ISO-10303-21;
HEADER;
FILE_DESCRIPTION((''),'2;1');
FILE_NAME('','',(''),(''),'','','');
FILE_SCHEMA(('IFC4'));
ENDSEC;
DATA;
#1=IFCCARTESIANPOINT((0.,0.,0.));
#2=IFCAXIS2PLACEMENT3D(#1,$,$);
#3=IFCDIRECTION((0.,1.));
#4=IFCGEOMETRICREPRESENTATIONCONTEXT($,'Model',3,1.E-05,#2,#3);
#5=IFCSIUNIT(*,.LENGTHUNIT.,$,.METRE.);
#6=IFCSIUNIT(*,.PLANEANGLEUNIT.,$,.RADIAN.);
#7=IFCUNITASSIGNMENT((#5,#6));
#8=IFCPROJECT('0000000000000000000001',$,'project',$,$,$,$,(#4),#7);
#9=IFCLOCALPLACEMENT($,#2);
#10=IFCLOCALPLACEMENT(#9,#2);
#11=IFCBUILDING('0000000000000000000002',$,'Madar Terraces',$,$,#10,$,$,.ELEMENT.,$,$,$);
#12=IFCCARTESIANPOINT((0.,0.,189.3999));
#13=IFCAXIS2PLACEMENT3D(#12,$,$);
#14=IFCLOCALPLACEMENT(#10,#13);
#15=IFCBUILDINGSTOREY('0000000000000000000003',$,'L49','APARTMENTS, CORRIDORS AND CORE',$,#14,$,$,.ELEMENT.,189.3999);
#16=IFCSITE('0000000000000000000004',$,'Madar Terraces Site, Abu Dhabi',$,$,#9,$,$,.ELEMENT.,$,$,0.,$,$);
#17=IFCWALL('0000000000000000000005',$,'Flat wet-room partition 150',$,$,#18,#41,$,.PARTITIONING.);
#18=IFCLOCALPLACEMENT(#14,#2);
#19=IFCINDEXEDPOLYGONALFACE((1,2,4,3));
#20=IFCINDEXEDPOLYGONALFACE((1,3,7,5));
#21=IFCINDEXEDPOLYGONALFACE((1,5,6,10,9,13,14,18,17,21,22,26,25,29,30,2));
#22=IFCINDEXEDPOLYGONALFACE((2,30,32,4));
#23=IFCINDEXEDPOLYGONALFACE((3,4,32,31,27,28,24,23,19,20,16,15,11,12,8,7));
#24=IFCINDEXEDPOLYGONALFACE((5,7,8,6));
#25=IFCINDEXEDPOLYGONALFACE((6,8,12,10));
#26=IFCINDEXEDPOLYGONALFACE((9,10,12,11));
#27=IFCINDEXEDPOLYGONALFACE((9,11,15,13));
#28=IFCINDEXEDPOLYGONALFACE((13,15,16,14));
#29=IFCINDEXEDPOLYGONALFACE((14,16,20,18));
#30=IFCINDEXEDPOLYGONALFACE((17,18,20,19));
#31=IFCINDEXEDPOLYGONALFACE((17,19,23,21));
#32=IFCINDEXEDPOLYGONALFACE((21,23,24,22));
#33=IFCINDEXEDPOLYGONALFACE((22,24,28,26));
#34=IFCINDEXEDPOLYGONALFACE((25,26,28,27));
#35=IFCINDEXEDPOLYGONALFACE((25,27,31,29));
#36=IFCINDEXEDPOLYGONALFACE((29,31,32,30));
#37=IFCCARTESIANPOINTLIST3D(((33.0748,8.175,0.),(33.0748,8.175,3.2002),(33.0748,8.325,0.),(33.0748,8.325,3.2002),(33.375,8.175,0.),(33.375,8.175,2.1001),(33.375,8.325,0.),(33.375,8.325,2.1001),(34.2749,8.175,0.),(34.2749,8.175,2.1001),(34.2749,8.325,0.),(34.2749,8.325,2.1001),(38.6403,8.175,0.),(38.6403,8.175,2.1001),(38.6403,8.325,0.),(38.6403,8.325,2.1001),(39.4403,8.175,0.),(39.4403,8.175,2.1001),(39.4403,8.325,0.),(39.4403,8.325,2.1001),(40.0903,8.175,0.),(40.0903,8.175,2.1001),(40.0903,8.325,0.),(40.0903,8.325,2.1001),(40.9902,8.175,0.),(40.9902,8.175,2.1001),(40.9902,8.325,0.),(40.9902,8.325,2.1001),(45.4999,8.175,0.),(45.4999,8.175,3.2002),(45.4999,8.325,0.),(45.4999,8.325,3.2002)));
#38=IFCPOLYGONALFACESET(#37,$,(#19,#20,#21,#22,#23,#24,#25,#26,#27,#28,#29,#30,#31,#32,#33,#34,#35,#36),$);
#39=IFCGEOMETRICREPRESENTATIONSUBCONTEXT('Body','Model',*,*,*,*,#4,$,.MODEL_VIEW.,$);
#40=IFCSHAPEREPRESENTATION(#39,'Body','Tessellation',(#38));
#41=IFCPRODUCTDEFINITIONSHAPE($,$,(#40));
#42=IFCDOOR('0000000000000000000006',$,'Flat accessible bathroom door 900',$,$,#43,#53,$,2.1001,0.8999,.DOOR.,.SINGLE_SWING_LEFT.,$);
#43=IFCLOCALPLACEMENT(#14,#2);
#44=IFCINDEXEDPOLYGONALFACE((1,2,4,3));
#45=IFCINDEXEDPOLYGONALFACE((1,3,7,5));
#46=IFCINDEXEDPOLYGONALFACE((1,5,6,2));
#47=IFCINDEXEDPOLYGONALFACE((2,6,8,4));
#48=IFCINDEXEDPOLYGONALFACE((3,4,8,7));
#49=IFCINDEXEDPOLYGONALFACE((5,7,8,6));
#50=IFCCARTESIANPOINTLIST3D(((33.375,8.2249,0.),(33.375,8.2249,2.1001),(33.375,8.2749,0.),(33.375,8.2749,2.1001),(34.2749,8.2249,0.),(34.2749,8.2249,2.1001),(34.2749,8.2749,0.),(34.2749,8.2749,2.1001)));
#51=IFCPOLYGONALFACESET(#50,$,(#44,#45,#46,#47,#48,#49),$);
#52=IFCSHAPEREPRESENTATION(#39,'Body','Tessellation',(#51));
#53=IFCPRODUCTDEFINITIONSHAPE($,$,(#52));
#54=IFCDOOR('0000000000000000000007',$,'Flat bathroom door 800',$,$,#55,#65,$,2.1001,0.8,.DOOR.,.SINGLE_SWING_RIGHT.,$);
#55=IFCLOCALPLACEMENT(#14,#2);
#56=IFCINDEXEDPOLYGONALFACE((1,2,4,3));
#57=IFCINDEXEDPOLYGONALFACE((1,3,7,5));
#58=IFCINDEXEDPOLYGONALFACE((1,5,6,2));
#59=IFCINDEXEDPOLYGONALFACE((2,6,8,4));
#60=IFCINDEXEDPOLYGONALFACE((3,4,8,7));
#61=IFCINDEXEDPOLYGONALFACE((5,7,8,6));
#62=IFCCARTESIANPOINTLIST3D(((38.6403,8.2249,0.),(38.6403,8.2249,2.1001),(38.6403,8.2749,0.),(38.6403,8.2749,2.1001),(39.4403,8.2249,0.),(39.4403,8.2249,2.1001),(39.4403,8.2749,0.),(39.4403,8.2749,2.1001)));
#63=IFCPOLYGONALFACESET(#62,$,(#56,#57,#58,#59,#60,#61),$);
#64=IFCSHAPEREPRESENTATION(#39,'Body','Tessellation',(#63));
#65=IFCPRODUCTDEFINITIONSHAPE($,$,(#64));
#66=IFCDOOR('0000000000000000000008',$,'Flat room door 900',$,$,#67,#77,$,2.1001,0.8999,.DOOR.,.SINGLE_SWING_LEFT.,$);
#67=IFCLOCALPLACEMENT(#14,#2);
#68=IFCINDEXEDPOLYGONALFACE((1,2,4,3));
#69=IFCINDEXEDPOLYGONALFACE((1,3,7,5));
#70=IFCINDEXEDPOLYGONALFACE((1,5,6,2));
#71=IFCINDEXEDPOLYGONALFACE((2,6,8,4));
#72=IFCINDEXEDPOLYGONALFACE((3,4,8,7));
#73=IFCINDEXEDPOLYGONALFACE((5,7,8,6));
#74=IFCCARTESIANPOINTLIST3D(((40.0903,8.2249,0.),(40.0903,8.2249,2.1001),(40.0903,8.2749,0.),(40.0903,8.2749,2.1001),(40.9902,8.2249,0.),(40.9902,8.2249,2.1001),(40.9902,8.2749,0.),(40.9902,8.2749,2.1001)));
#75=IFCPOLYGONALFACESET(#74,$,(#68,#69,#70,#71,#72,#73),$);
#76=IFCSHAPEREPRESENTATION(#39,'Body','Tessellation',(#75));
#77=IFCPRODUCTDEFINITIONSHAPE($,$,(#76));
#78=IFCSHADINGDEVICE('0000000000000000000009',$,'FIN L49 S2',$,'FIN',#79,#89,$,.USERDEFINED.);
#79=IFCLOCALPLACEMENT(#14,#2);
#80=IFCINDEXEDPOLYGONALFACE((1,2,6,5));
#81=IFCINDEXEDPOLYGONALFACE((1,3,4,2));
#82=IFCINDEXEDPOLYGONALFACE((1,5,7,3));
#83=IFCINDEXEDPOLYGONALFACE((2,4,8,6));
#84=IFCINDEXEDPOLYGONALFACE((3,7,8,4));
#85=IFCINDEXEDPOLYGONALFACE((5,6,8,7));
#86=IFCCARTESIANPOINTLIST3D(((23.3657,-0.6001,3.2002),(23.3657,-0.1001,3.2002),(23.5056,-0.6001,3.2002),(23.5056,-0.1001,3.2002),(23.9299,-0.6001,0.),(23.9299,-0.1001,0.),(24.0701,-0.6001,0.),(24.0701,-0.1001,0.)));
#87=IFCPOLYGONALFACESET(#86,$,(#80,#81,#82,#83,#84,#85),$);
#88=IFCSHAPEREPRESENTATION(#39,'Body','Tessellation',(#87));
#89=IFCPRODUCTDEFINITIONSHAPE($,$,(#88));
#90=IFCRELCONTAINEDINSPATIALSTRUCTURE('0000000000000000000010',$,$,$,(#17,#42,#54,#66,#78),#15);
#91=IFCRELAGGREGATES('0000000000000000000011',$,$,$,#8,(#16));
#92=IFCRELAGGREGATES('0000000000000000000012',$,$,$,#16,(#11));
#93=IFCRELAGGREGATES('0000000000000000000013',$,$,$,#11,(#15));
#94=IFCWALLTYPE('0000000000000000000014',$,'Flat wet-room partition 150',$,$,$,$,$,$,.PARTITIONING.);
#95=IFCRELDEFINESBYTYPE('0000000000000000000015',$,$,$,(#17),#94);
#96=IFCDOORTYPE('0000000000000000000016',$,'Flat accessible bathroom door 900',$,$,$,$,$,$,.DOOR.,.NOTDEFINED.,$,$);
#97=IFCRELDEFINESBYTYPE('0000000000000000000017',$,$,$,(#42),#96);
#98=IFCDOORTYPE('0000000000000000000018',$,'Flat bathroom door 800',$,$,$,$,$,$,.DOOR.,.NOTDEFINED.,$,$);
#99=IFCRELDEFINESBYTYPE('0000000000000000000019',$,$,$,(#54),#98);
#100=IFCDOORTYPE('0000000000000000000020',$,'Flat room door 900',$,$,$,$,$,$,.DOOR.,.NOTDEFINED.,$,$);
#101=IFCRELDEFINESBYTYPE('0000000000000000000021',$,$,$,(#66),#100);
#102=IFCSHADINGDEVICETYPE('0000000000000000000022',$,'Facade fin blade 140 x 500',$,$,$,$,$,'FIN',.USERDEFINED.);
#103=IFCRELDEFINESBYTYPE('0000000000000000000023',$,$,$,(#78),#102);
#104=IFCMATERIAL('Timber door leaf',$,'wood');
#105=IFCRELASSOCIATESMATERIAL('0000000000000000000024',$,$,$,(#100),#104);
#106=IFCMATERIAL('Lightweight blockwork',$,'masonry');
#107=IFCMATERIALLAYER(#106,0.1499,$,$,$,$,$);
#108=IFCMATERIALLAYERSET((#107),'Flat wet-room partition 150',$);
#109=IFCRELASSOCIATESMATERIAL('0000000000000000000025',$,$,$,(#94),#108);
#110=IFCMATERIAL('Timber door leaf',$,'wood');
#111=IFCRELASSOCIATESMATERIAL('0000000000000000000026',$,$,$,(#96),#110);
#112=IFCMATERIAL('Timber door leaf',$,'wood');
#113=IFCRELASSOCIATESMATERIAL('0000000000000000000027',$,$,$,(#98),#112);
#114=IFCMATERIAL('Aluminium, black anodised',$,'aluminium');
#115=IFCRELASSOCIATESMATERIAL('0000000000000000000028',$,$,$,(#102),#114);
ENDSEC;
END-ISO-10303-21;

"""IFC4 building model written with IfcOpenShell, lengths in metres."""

from ifc_helpers import new_model, si_unit, direction, frame, frame_2d, origin, place, context, subcontext, project, spatial, polyline, rectangle, outline, extrude, material, layer, layer_set, type_object, element, fill, save


model = new_model("IFC4")

# Units and contexts
model_context = context("Model", 3, precision=1e-05, world=origin(), true_north=direction((0.0, 1.0)))
body_context = subcontext(model_context, "Body", "Model", "MODEL_VIEW")
ifc_project = project(units=[si_unit("LENGTHUNIT", "METRE"), si_unit("PLANEANGLEUNIT", "RADIAN")], contexts=[model_context])

# Site, building, storey
site_placement = place(None, origin())
site = spatial("IfcSite", under=ifc_project, at=site_placement, Name="Madar Terraces Site, Abu Dhabi", CompositionType="ELEMENT", RefElevation=0.0)
building_placement = place(site_placement, origin())
building = spatial("IfcBuilding", under=site, at=building_placement, Name="Madar Terraces", CompositionType="ELEMENT")
storey_placement = place(building_placement, frame((0.0, 0.0, 189.3999)))
storey = spatial("IfcBuildingStorey", under=building, at=storey_placement, Name="L49", Description="APARTMENTS, CORRIDORS AND CORE", CompositionType="ELEMENT", Elevation=189.3999)

# Shared definitions
ifc_material_1 = material(Name="Timber door leaf", Category="wood")
door_type_1 = type_object("IfcDoorType", Name="Flat room door 900", OperationType="NOTDEFINED", PredefinedType="DOOR", material=ifc_material_1)

# Shared definitions
ifc_material_2 = material(Name="Lightweight blockwork", Category="masonry")
ifc_layer_1 = layer(ifc_material_2, 0.1499)
ifc_layer_set_1 = layer_set([ifc_layer_1], Name="Flat wet-room partition 150")
wall_type_1 = type_object("IfcWallType", Name="Flat wet-room partition 150", PredefinedType="PARTITIONING", material=ifc_layer_set_1)

# Wall, openings, doors
wall_1_placement = place(storey_placement, frame((33.075, 8.25, 0.0), z_axis=(0.0, 0.0, 1.0), x_axis=(1.0, 0.0, 0.0)))
wall_1 = element("IfcWall", 1, at=wall_1_placement, inside=storey, type_object=wall_type_1, Name="Flat wet-room partition 150", PredefinedType="PARTITIONING", context=body_context, shape_type="SweptSolid", body=[
    extrude(rectangle(XDim=12.425, YDim=0.1499, at=frame_2d((6.2124, 0.0))), origin(), (0.0, 0.0, 1.0), 3.2002),
])
opening_1_placement = place(wall_1_placement, frame((0.3, 0.0, 0.0)))
opening_1 = element("IfcOpeningElement", 2, at=opening_1_placement, cuts=wall_1, PredefinedType="OPENING", context=body_context, shape_type="SweptSolid", body=[
    extrude(rectangle(XDim=0.8999, YDim=2.1001, at=frame_2d((0.45, 1.05))), frame((0.0, 0.085, 0.0), z_axis=(0.0, -1.0, 0.0), x_axis=(1.0, 0.0, 0.0)), (0.0, 0.0, 1.0), 0.1699),
])
opening_2_placement = place(wall_1_placement, frame((5.5654, 0.0, 0.0)))
opening_2 = element("IfcOpeningElement", 3, at=opening_2_placement, cuts=wall_1, PredefinedType="OPENING", context=body_context, shape_type="SweptSolid", body=[
    extrude(rectangle(XDim=0.8, YDim=2.1001, at=frame_2d((0.3999, 1.05))), frame((0.0, 0.085, 0.0), z_axis=(0.0, -1.0, 0.0), x_axis=(1.0, 0.0, 0.0)), (0.0, 0.0, 1.0), 0.1699),
])
opening_3_placement = place(wall_1_placement, frame((7.0154, 0.0, 0.0)))
opening_3 = element("IfcOpeningElement", 4, at=opening_3_placement, cuts=wall_1, PredefinedType="OPENING", context=body_context, shape_type="SweptSolid", body=[
    extrude(rectangle(XDim=0.8999, YDim=2.1001, at=frame_2d((0.45, 1.05))), frame((0.0, 0.085, 0.0), z_axis=(0.0, -1.0, 0.0), x_axis=(1.0, 0.0, 0.0)), (0.0, 0.0, 1.0), 0.1699),
])
ifc_material_3 = material(Name="Timber door leaf", Category="wood")
door_type_2 = type_object("IfcDoorType", Name="Flat accessible bathroom door 900", OperationType="NOTDEFINED", PredefinedType="DOOR", material=ifc_material_3)
door_1_placement = place(opening_1_placement, origin())
door_1 = element("IfcDoor", 5, at=door_1_placement, inside=storey, type_object=door_type_2, Name="Flat accessible bathroom door 900", OperationType="SINGLE_SWING_LEFT", OverallHeight=2.1001, OverallWidth=0.8999, PredefinedType="DOOR", context=body_context, shape_type="SweptSolid", body=[
    extrude(rectangle(XDim=0.8999, YDim=2.1001, at=frame_2d((0.45, 1.05))), frame((0.0, 0.0249, 0.0), z_axis=(0.0, -1.0, 0.0), x_axis=(1.0, 0.0, 0.0)), (0.0, 0.0, 1.0), 0.05),
])
fill(opening_1, door_1)
ifc_material_4 = material(Name="Timber door leaf", Category="wood")
door_type_3 = type_object("IfcDoorType", Name="Flat bathroom door 800", OperationType="NOTDEFINED", PredefinedType="DOOR", material=ifc_material_4)
door_2_placement = place(opening_2_placement, origin())
door_2 = element("IfcDoor", 6, at=door_2_placement, inside=storey, type_object=door_type_3, Name="Flat bathroom door 800", OperationType="SINGLE_SWING_RIGHT", OverallHeight=2.1001, OverallWidth=0.8, PredefinedType="DOOR", context=body_context, shape_type="SweptSolid", body=[
    extrude(rectangle(XDim=0.8, YDim=2.1001, at=frame_2d((0.3999, 1.05))), frame((0.0, 0.0249, 0.0), z_axis=(0.0, -1.0, 0.0), x_axis=(1.0, 0.0, 0.0)), (0.0, 0.0, 1.0), 0.05),
])
fill(opening_2, door_2)
door_3_placement = place(opening_3_placement, origin())
door_3 = element("IfcDoor", 7, at=door_3_placement, inside=storey, type_object=door_type_1, Name="Flat room door 900", OperationType="SINGLE_SWING_LEFT", OverallHeight=2.1001, OverallWidth=0.8999, PredefinedType="DOOR", context=body_context, shape_type="SweptSolid", body=[
    extrude(rectangle(XDim=0.8999, YDim=2.1001, at=frame_2d((0.45, 1.05))), frame((0.0, 0.0249, 0.0), z_axis=(0.0, -1.0, 0.0), x_axis=(1.0, 0.0, 0.0)), (0.0, 0.0, 1.0), 0.05),
])
fill(opening_3, door_3)

# Shading device
ifc_material_5 = material(Name="Aluminium, black anodised", Category="aluminium")
shading_device_type = type_object("IfcShadingDeviceType", Name="Facade fin blade 140 x 500", ElementType="FIN", PredefinedType="USERDEFINED", material=ifc_material_5)
shading_device_placement = place(storey_placement, frame((23.9299, -0.3501, 0.0), z_axis=(0.0, 0.0, 1.0), x_axis=(1.0, 0.0, 0.0)))
element("IfcShadingDevice", 8, at=shading_device_placement, inside=storey, type_object=shading_device_type, Name="FIN L49 S2", ObjectType="FIN", PredefinedType="USERDEFINED", context=body_context, shape_type="SweptSolid", body=[
    extrude(outline(polyline([(0.0, 0.0), (0.1401, 0.0), (-0.4243, 3.2002), (-0.5642, 3.2002), (0.0, 0.0)])), frame((0.0, 0.25, 0.0), z_axis=(0.0, -1.0, 0.0), x_axis=(1.0, 0.0, 0.0)), (0.0, 0.0, 1.0), 0.5),
])

save(model, "model.ifc")
